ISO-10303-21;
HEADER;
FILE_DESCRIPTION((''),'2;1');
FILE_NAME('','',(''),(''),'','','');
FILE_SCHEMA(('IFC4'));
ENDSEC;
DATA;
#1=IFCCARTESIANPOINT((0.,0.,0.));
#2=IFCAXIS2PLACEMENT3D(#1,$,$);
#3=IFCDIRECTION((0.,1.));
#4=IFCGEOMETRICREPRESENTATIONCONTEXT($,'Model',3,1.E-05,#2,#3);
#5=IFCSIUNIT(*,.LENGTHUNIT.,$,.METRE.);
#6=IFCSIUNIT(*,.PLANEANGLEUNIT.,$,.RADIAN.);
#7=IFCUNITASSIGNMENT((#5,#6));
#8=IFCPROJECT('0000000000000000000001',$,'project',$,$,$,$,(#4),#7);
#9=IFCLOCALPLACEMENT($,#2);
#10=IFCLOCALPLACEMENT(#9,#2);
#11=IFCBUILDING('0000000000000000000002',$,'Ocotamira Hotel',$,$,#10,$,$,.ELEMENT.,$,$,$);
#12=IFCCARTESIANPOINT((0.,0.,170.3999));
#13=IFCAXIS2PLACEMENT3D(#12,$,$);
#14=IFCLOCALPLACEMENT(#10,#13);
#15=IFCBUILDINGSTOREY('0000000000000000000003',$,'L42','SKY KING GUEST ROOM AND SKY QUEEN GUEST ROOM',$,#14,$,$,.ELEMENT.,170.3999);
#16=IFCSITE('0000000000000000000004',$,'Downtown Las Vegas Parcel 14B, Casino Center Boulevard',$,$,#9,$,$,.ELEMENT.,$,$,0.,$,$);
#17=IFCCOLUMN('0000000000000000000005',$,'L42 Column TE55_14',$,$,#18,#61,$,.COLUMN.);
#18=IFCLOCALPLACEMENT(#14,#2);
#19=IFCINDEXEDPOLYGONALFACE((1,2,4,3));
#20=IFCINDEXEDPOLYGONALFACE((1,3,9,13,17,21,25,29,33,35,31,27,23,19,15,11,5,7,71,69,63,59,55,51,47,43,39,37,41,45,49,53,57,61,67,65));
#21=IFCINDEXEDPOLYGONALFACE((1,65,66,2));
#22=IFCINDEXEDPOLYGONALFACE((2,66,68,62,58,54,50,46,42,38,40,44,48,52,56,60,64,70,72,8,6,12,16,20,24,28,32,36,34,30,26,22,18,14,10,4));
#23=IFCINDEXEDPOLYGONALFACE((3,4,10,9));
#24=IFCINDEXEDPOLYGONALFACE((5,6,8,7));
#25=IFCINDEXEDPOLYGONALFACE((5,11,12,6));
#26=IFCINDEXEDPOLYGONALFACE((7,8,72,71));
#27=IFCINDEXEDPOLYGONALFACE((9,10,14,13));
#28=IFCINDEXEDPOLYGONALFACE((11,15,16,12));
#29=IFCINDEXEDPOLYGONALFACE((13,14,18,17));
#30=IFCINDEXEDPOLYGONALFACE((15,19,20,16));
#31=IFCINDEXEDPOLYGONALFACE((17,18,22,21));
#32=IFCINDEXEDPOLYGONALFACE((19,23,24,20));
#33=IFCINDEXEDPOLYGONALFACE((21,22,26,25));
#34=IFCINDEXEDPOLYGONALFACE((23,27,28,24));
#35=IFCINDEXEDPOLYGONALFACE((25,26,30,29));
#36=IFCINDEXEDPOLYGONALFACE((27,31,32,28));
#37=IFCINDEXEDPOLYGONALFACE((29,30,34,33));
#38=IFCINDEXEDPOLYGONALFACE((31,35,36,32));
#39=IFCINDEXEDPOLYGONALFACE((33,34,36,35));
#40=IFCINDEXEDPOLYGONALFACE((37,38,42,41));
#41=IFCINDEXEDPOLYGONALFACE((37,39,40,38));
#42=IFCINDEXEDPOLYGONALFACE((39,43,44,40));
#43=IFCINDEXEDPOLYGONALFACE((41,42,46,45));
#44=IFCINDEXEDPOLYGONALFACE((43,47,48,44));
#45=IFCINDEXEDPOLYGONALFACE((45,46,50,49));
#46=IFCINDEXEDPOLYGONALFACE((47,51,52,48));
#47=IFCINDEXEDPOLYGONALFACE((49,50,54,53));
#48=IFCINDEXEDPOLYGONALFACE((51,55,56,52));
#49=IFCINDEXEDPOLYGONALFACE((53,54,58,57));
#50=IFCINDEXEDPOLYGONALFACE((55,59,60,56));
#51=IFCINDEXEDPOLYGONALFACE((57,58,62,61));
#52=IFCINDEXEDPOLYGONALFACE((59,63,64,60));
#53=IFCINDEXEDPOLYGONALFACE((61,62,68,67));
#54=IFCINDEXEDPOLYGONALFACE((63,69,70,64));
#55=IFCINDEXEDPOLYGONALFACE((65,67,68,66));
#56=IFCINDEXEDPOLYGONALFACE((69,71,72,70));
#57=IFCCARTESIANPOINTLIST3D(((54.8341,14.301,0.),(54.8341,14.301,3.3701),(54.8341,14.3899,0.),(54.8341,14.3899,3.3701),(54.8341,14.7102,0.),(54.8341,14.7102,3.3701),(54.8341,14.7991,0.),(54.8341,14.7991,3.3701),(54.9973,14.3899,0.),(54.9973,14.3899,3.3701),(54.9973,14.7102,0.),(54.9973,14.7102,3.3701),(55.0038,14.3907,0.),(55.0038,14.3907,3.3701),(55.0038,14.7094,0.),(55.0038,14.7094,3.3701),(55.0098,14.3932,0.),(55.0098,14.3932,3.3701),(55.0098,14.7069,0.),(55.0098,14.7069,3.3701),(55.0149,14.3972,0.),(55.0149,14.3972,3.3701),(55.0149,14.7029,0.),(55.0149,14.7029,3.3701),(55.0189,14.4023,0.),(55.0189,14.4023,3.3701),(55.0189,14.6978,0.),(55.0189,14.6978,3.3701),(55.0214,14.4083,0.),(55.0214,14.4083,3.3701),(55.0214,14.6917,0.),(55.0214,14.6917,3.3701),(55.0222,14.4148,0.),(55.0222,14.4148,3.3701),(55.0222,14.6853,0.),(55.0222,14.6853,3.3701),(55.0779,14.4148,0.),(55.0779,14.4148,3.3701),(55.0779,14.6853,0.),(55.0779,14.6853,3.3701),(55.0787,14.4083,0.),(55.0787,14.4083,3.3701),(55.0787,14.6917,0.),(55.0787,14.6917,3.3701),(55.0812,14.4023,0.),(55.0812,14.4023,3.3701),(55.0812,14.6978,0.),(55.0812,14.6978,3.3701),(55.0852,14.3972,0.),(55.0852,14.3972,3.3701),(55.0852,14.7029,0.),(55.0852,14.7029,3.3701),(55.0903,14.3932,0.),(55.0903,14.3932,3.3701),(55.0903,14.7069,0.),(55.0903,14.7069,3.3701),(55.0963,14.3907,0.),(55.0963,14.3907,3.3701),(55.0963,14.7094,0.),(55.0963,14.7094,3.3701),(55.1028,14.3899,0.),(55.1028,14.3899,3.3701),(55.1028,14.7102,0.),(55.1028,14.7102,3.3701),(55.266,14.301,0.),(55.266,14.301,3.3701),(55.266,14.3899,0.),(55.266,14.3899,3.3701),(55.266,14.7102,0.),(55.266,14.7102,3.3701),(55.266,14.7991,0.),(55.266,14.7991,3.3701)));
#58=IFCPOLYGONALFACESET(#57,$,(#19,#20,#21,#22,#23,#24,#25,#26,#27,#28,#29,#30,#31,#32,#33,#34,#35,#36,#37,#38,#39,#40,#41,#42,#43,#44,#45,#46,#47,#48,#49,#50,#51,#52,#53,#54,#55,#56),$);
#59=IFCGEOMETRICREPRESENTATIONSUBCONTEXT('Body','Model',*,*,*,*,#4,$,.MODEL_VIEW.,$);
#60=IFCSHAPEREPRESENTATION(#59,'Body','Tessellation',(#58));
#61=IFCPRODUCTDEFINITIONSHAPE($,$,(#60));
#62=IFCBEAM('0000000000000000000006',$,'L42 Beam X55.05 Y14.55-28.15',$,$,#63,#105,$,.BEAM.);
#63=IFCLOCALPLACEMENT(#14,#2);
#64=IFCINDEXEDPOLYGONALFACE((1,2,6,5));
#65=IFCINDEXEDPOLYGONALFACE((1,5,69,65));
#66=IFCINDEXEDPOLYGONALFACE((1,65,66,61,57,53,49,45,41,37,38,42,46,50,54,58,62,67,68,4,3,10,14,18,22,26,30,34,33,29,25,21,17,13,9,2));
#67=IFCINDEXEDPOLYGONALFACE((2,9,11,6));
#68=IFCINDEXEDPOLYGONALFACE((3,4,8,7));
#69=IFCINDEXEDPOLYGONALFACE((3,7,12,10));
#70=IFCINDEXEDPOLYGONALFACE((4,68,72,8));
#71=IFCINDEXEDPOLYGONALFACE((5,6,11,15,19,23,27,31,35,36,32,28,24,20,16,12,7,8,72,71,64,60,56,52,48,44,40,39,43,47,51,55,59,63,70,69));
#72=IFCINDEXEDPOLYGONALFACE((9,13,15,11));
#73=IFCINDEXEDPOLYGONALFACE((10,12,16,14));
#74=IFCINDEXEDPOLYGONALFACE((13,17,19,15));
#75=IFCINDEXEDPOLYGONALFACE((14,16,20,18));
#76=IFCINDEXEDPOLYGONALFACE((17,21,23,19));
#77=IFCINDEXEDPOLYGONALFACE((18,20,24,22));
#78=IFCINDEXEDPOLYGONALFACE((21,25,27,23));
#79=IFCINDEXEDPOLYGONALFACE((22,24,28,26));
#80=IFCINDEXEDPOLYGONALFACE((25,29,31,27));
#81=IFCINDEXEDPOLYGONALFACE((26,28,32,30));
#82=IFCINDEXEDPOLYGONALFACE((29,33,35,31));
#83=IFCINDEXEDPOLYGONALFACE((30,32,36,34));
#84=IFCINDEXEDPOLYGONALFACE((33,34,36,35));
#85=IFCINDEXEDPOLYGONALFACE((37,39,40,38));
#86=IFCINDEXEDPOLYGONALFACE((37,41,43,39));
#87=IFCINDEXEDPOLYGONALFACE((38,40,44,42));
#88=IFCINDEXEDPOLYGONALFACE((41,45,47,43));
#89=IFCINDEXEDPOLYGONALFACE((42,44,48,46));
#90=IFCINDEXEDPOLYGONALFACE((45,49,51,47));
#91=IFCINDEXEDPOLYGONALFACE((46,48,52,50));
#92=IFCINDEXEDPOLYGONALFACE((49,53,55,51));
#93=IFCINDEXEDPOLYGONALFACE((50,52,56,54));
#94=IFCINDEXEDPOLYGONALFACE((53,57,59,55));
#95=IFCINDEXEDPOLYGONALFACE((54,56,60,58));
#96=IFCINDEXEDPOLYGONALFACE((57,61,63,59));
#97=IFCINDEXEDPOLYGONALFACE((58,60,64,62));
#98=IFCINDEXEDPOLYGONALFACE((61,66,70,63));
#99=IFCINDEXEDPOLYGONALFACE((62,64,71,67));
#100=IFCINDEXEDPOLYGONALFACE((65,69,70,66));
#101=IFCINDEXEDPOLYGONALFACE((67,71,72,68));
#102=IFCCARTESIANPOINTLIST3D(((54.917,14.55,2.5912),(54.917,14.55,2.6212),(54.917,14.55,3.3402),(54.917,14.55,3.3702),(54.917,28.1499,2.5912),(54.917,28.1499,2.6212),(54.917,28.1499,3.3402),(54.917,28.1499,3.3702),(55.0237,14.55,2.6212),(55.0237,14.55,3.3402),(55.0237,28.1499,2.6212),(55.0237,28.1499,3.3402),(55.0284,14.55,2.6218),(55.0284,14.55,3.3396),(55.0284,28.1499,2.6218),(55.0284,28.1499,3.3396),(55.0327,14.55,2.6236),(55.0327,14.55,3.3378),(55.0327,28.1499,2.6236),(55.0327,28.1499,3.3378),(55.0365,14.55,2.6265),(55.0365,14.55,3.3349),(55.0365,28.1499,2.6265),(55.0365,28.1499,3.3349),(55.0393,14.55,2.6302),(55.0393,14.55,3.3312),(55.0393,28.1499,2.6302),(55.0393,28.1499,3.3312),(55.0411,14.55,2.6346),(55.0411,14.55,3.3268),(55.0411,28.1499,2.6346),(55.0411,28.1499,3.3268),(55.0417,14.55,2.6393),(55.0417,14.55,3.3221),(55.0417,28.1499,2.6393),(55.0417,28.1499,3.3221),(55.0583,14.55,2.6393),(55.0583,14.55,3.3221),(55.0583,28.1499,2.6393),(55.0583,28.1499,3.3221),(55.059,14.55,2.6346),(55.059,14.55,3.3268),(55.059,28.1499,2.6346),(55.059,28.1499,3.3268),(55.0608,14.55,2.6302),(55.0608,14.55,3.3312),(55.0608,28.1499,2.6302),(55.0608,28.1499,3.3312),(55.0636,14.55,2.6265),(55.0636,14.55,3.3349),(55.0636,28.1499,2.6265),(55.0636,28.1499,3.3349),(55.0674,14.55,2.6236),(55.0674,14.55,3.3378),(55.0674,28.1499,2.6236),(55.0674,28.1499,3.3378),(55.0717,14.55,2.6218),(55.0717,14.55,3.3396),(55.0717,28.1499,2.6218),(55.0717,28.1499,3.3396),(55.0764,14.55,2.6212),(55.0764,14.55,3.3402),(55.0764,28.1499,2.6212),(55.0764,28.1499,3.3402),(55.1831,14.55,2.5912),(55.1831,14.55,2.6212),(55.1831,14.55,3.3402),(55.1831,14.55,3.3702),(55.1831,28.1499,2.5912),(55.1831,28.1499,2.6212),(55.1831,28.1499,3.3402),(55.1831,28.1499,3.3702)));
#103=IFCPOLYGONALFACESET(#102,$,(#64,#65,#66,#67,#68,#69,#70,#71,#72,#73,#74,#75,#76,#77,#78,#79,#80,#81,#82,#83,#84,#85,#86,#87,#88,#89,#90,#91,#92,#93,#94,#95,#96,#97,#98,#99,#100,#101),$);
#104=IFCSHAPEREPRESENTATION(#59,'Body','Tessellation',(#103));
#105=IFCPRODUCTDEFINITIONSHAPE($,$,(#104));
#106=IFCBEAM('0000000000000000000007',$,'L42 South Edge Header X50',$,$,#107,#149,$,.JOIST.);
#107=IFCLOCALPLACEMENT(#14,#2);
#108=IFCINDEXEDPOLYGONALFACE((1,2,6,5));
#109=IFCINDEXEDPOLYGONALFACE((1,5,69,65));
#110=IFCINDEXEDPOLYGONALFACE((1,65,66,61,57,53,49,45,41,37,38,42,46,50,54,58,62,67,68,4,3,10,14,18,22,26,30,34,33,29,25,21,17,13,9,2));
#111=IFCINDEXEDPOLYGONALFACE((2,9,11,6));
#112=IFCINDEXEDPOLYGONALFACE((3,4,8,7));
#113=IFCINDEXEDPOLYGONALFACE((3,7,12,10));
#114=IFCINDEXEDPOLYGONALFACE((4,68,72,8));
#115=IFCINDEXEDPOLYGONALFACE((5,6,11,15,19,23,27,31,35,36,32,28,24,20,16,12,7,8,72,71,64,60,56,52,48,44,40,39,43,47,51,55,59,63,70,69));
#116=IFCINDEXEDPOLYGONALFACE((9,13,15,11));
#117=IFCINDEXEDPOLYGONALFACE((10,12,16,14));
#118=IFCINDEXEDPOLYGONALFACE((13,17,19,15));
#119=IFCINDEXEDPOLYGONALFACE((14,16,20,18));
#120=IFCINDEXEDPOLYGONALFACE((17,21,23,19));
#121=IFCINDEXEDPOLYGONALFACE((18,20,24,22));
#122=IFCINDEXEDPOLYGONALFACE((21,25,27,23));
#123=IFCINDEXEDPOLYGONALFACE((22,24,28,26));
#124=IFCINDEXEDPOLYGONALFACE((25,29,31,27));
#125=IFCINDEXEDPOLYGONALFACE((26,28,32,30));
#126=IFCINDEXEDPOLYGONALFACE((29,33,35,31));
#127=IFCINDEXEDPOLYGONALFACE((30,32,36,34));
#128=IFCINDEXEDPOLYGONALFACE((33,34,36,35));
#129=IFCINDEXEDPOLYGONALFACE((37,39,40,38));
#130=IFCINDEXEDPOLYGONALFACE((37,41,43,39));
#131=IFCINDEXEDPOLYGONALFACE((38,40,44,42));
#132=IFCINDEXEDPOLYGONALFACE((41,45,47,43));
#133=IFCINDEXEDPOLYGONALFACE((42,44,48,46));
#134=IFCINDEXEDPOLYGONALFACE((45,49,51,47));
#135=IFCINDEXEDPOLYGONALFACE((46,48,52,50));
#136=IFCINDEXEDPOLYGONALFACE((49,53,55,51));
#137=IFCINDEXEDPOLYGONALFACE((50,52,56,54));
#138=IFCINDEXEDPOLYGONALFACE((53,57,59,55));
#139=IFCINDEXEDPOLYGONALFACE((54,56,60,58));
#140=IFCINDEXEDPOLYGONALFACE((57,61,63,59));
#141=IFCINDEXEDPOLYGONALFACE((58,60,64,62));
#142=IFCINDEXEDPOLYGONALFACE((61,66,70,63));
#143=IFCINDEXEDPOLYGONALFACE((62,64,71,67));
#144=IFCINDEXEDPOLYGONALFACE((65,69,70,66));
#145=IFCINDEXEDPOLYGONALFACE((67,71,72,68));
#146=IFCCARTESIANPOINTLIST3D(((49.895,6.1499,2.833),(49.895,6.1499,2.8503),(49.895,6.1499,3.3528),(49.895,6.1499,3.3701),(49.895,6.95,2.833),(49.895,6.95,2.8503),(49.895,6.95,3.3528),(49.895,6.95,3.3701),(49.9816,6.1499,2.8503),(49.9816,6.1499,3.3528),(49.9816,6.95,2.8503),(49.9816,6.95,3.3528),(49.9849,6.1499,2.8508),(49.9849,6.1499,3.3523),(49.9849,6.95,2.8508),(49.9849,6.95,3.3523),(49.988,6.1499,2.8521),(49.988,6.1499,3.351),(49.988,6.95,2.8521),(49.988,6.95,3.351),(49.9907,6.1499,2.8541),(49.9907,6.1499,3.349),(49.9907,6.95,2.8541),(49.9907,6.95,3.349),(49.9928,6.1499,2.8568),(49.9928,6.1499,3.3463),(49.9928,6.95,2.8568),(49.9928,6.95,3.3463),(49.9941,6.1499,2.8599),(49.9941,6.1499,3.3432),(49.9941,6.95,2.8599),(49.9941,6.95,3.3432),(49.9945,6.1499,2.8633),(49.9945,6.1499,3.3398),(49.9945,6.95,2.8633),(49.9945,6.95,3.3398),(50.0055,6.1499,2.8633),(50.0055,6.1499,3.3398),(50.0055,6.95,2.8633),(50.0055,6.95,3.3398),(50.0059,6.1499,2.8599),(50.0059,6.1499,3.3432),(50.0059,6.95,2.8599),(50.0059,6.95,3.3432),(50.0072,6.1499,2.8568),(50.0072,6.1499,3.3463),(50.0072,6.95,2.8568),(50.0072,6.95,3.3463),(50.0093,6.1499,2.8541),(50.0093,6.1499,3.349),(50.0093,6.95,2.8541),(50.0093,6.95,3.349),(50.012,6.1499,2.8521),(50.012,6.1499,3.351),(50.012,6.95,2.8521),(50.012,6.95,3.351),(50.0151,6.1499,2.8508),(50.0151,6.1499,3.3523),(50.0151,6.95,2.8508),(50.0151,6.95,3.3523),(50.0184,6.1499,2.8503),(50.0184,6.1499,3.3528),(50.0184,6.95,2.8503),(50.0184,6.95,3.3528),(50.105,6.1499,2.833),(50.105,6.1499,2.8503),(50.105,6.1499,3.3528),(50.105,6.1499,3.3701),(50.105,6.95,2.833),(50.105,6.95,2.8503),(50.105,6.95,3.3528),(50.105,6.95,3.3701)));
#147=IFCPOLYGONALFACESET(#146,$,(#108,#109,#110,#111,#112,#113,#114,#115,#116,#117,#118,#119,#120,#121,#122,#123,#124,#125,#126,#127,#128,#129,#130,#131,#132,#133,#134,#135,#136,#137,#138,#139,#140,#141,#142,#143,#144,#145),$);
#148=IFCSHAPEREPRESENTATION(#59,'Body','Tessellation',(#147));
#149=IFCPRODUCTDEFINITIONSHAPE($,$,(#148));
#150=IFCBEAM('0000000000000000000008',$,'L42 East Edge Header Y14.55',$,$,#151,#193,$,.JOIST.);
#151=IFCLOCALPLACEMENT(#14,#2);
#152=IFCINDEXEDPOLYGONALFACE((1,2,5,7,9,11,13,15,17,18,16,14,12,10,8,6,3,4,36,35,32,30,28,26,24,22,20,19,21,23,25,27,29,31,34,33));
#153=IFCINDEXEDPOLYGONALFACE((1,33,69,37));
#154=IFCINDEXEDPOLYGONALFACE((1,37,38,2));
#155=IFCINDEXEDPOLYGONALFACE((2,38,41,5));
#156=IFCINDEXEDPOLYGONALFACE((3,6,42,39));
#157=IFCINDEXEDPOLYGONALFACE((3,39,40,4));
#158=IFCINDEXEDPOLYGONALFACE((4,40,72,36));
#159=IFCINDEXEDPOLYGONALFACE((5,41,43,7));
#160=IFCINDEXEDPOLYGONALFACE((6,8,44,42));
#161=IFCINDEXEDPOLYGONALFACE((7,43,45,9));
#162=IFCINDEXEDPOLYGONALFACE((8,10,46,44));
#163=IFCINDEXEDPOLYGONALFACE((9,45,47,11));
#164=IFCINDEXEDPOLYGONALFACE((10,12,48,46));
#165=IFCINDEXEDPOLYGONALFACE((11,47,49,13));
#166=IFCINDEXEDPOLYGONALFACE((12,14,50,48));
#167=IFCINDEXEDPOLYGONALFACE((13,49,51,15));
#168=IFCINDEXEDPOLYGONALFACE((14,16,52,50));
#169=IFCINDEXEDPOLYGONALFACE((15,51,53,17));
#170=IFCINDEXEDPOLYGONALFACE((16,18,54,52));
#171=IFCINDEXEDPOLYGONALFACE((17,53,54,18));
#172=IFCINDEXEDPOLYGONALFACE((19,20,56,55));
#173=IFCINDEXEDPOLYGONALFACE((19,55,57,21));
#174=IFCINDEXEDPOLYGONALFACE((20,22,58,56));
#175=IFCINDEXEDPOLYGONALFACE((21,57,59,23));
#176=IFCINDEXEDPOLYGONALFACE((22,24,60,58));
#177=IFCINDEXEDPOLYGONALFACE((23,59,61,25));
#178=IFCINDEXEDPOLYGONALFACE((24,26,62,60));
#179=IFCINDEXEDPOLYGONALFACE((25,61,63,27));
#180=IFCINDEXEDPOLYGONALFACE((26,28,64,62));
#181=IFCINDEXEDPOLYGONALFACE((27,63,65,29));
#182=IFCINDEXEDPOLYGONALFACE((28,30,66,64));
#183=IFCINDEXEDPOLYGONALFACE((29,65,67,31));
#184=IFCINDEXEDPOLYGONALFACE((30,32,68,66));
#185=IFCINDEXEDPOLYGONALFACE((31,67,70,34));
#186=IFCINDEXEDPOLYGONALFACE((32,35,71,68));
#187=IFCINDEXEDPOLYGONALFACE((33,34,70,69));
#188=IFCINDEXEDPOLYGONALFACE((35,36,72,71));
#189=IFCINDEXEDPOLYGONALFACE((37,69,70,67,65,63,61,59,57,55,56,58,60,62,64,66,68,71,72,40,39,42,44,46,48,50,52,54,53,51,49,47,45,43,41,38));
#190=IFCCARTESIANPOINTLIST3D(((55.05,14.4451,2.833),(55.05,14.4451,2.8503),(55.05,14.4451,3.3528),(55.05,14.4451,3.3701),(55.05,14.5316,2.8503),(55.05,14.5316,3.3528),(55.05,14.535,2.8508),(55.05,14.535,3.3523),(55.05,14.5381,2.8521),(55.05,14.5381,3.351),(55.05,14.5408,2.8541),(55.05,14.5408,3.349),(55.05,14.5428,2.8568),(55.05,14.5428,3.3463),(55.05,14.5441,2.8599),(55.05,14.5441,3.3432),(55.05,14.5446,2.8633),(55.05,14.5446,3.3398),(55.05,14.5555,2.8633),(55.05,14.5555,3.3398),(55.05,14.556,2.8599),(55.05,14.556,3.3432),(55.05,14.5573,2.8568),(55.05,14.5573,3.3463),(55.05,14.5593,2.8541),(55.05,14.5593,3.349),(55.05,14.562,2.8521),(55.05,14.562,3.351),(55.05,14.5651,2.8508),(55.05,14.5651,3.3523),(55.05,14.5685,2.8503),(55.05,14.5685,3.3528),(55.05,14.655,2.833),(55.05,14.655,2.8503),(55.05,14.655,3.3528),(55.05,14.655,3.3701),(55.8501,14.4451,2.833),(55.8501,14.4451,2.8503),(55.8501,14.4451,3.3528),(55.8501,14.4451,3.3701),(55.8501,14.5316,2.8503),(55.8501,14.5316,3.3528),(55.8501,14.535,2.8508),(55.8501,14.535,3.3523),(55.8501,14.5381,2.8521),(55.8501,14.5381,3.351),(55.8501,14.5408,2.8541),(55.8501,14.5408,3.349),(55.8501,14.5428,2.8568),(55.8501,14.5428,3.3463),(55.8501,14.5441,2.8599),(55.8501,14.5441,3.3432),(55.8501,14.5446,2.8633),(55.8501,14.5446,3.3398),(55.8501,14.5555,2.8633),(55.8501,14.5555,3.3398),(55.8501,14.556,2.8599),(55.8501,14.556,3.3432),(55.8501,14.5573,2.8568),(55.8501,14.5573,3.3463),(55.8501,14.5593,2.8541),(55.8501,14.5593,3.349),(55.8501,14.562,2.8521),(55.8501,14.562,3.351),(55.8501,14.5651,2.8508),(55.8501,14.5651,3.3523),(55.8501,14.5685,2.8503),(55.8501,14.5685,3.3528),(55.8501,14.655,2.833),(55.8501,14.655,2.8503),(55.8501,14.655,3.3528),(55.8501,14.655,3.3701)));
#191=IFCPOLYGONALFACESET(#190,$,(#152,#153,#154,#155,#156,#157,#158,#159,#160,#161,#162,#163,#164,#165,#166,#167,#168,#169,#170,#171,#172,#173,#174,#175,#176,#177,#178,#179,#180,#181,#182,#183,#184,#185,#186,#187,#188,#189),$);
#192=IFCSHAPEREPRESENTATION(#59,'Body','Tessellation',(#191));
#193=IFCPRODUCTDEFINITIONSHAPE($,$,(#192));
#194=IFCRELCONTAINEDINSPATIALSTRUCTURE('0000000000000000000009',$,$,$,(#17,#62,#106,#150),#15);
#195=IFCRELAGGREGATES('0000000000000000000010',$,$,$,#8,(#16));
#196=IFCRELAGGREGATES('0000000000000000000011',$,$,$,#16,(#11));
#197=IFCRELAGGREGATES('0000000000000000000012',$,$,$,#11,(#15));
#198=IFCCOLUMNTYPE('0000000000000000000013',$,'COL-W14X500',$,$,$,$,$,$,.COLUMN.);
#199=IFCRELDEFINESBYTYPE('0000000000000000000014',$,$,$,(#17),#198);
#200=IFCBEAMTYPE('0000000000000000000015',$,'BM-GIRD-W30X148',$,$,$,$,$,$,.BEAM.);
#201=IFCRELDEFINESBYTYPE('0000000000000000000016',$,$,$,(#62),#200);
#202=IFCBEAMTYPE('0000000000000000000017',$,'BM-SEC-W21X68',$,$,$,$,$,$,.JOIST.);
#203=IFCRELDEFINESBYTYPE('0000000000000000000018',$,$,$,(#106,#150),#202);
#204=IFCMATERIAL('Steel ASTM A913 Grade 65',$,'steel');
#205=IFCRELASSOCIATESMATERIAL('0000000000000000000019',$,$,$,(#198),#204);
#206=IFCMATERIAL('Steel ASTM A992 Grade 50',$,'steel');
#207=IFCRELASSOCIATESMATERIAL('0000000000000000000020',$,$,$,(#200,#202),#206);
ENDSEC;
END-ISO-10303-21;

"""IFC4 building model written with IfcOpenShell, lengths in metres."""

from ifc_helpers import new_model, si_unit, direction, frame, origin, origin_2d, place, context, subcontext, project, spatial, i_section, extrude, source, transform, mapped, material, material_profile, profile_set, type_object, element, save


model = new_model("IFC4")

# Units and contexts
model_context = context("Model", 3, precision=1e-05, world=origin(), true_north=direction((0.0, 1.0)))
body_context = subcontext(model_context, "Body", "Model", "MODEL_VIEW")
ifc_project = project(units=[si_unit("LENGTHUNIT", "METRE"), si_unit("PLANEANGLEUNIT", "RADIAN")], contexts=[model_context])

# Site, building, storey
site_placement = place(None, origin())
site = spatial("IfcSite", under=ifc_project, at=site_placement, Name="Downtown Las Vegas Parcel 14B, Casino Center Boulevard", CompositionType="ELEMENT", RefElevation=0.0)
building_placement = place(site_placement, origin())
building = spatial("IfcBuilding", under=site, at=building_placement, Name="Ocotamira Hotel", CompositionType="ELEMENT")
storey_placement = place(building_placement, frame((0.0, 0.0, 170.3999)))
storey = spatial("IfcBuildingStorey", under=building, at=storey_placement, Name="L42", Description="SKY KING GUEST ROOM AND SKY QUEEN GUEST ROOM", CompositionType="ELEMENT", Elevation=170.3999)

# Column
ifc_material_1 = material(Name="Steel ASTM A913 Grade 65", Category="steel")
ifc_material_profile_1 = material_profile(ifc_material_1, i_section(OverallWidth=0.4319, OverallDepth=0.498, WebThickness=0.0557, FlangeThickness=0.0889, FilletRadius=0.0249, at=origin_2d()), Name="W14X500")
ifc_profile_set_1 = profile_set([ifc_material_profile_1], Name="Steel ASTM A913 Grade 65")
column_type = type_object("IfcColumnType", Name="COL-W14X500", PredefinedType="COLUMN", material=ifc_profile_set_1)
shared_shape_1 = source(origin(), body_context, "Body", "SweptSolid", [
    extrude(i_section(OverallWidth=0.4319, OverallDepth=0.498, WebThickness=0.0557, FlangeThickness=0.0889, FilletRadius=0.0249, at=origin_2d()), origin(), (0.0, 0.0, 1.0), 3.3701),
])
column_placement = place(storey_placement, frame((55.05, 14.55, 0.0), z_axis=(0.0, 0.0, 1.0), x_axis=(1.0, 0.0, 0.0)))
element("IfcColumn", 1, at=column_placement, inside=storey, type_object=column_type, Name="L42 Column TE55_14", PredefinedType="COLUMN", context=body_context, shape_type="MappedRepresentation", body=[
    mapped(shared_shape_1, transform((0.0, 0.0, 0.0), scale=1.0)),
])

# Beams
ifc_material_2 = material(Name="Steel ASTM A992 Grade 50", Category="steel")
ifc_material_profile_2 = material_profile(ifc_material_2, i_section(OverallWidth=0.2661, OverallDepth=0.7791, WebThickness=0.0166, FlangeThickness=0.03, FilletRadius=0.0181, at=origin_2d()), Name="W30X148")
ifc_profile_set_2 = profile_set([ifc_material_profile_2], Name="Steel ASTM A992 Grade 50")
beam_type_1 = type_object("IfcBeamType", Name="BM-GIRD-W30X148", PredefinedType="BEAM", material=ifc_profile_set_2)
shared_shape_2 = source(origin(), body_context, "Body", "SweptSolid", [
    extrude(i_section(OverallWidth=0.2661, OverallDepth=0.7791, WebThickness=0.0166, FlangeThickness=0.03, FilletRadius=0.0181, at=origin_2d()), origin(), (0.0, 0.0, 1.0), 13.5999),
])
beam_1_placement = place(storey_placement, frame((55.05, 14.55, 2.9807), z_axis=(0.0, 1.0, 0.0), x_axis=(-1.0, 0.0, 0.0)))
element("IfcBeam", 2, at=beam_1_placement, inside=storey, type_object=beam_type_1, Name="L42 Beam X55.05 Y14.55-28.15", PredefinedType="BEAM", context=body_context, shape_type="MappedRepresentation", body=[
    mapped(shared_shape_2, transform((0.0, 0.0, 0.0), scale=1.0)),
])
ifc_material_profile_3 = material_profile(ifc_material_2, i_section(OverallWidth=0.21, OverallDepth=0.5371, WebThickness=0.011, FlangeThickness=0.0173, FilletRadius=0.0129, at=origin_2d()), Name="W21X68")
ifc_profile_set_3 = profile_set([ifc_material_profile_3], Name="Steel ASTM A992 Grade 50")
beam_type_2 = type_object("IfcBeamType", Name="BM-SEC-W21X68", PredefinedType="JOIST", material=ifc_profile_set_3)
shared_shape_3 = source(origin(), body_context, "Body", "SweptSolid", [
    extrude(i_section(OverallWidth=0.21, OverallDepth=0.5371, WebThickness=0.011, FlangeThickness=0.0173, FilletRadius=0.0129, at=origin_2d()), origin(), (0.0, 0.0, 1.0), 0.8),
])
for number, where, z_axis, x_axis, name in (
    (3, (50.0, 6.95, 3.1016), (0.0, -1.0, 0.0), (1.0, 0.0, 0.0), "L42 South Edge Header X50"),
    (4, (55.05, 14.55, 3.1016), (1.0, 0.0, 0.0), (0.0, 1.0, 0.0), "L42 East Edge Header Y14.55"),
):
    element("IfcBeam", number, at=place(storey_placement, frame(where, z_axis=z_axis, x_axis=x_axis)), inside=storey, type_object=beam_type_2, Name=name, PredefinedType="JOIST", context=body_context, shape_type="MappedRepresentation", body=[
        mapped(shared_shape_3, transform((0.0, 0.0, 0.0), scale=1.0)),
    ])

save(model, "model.ifc")
